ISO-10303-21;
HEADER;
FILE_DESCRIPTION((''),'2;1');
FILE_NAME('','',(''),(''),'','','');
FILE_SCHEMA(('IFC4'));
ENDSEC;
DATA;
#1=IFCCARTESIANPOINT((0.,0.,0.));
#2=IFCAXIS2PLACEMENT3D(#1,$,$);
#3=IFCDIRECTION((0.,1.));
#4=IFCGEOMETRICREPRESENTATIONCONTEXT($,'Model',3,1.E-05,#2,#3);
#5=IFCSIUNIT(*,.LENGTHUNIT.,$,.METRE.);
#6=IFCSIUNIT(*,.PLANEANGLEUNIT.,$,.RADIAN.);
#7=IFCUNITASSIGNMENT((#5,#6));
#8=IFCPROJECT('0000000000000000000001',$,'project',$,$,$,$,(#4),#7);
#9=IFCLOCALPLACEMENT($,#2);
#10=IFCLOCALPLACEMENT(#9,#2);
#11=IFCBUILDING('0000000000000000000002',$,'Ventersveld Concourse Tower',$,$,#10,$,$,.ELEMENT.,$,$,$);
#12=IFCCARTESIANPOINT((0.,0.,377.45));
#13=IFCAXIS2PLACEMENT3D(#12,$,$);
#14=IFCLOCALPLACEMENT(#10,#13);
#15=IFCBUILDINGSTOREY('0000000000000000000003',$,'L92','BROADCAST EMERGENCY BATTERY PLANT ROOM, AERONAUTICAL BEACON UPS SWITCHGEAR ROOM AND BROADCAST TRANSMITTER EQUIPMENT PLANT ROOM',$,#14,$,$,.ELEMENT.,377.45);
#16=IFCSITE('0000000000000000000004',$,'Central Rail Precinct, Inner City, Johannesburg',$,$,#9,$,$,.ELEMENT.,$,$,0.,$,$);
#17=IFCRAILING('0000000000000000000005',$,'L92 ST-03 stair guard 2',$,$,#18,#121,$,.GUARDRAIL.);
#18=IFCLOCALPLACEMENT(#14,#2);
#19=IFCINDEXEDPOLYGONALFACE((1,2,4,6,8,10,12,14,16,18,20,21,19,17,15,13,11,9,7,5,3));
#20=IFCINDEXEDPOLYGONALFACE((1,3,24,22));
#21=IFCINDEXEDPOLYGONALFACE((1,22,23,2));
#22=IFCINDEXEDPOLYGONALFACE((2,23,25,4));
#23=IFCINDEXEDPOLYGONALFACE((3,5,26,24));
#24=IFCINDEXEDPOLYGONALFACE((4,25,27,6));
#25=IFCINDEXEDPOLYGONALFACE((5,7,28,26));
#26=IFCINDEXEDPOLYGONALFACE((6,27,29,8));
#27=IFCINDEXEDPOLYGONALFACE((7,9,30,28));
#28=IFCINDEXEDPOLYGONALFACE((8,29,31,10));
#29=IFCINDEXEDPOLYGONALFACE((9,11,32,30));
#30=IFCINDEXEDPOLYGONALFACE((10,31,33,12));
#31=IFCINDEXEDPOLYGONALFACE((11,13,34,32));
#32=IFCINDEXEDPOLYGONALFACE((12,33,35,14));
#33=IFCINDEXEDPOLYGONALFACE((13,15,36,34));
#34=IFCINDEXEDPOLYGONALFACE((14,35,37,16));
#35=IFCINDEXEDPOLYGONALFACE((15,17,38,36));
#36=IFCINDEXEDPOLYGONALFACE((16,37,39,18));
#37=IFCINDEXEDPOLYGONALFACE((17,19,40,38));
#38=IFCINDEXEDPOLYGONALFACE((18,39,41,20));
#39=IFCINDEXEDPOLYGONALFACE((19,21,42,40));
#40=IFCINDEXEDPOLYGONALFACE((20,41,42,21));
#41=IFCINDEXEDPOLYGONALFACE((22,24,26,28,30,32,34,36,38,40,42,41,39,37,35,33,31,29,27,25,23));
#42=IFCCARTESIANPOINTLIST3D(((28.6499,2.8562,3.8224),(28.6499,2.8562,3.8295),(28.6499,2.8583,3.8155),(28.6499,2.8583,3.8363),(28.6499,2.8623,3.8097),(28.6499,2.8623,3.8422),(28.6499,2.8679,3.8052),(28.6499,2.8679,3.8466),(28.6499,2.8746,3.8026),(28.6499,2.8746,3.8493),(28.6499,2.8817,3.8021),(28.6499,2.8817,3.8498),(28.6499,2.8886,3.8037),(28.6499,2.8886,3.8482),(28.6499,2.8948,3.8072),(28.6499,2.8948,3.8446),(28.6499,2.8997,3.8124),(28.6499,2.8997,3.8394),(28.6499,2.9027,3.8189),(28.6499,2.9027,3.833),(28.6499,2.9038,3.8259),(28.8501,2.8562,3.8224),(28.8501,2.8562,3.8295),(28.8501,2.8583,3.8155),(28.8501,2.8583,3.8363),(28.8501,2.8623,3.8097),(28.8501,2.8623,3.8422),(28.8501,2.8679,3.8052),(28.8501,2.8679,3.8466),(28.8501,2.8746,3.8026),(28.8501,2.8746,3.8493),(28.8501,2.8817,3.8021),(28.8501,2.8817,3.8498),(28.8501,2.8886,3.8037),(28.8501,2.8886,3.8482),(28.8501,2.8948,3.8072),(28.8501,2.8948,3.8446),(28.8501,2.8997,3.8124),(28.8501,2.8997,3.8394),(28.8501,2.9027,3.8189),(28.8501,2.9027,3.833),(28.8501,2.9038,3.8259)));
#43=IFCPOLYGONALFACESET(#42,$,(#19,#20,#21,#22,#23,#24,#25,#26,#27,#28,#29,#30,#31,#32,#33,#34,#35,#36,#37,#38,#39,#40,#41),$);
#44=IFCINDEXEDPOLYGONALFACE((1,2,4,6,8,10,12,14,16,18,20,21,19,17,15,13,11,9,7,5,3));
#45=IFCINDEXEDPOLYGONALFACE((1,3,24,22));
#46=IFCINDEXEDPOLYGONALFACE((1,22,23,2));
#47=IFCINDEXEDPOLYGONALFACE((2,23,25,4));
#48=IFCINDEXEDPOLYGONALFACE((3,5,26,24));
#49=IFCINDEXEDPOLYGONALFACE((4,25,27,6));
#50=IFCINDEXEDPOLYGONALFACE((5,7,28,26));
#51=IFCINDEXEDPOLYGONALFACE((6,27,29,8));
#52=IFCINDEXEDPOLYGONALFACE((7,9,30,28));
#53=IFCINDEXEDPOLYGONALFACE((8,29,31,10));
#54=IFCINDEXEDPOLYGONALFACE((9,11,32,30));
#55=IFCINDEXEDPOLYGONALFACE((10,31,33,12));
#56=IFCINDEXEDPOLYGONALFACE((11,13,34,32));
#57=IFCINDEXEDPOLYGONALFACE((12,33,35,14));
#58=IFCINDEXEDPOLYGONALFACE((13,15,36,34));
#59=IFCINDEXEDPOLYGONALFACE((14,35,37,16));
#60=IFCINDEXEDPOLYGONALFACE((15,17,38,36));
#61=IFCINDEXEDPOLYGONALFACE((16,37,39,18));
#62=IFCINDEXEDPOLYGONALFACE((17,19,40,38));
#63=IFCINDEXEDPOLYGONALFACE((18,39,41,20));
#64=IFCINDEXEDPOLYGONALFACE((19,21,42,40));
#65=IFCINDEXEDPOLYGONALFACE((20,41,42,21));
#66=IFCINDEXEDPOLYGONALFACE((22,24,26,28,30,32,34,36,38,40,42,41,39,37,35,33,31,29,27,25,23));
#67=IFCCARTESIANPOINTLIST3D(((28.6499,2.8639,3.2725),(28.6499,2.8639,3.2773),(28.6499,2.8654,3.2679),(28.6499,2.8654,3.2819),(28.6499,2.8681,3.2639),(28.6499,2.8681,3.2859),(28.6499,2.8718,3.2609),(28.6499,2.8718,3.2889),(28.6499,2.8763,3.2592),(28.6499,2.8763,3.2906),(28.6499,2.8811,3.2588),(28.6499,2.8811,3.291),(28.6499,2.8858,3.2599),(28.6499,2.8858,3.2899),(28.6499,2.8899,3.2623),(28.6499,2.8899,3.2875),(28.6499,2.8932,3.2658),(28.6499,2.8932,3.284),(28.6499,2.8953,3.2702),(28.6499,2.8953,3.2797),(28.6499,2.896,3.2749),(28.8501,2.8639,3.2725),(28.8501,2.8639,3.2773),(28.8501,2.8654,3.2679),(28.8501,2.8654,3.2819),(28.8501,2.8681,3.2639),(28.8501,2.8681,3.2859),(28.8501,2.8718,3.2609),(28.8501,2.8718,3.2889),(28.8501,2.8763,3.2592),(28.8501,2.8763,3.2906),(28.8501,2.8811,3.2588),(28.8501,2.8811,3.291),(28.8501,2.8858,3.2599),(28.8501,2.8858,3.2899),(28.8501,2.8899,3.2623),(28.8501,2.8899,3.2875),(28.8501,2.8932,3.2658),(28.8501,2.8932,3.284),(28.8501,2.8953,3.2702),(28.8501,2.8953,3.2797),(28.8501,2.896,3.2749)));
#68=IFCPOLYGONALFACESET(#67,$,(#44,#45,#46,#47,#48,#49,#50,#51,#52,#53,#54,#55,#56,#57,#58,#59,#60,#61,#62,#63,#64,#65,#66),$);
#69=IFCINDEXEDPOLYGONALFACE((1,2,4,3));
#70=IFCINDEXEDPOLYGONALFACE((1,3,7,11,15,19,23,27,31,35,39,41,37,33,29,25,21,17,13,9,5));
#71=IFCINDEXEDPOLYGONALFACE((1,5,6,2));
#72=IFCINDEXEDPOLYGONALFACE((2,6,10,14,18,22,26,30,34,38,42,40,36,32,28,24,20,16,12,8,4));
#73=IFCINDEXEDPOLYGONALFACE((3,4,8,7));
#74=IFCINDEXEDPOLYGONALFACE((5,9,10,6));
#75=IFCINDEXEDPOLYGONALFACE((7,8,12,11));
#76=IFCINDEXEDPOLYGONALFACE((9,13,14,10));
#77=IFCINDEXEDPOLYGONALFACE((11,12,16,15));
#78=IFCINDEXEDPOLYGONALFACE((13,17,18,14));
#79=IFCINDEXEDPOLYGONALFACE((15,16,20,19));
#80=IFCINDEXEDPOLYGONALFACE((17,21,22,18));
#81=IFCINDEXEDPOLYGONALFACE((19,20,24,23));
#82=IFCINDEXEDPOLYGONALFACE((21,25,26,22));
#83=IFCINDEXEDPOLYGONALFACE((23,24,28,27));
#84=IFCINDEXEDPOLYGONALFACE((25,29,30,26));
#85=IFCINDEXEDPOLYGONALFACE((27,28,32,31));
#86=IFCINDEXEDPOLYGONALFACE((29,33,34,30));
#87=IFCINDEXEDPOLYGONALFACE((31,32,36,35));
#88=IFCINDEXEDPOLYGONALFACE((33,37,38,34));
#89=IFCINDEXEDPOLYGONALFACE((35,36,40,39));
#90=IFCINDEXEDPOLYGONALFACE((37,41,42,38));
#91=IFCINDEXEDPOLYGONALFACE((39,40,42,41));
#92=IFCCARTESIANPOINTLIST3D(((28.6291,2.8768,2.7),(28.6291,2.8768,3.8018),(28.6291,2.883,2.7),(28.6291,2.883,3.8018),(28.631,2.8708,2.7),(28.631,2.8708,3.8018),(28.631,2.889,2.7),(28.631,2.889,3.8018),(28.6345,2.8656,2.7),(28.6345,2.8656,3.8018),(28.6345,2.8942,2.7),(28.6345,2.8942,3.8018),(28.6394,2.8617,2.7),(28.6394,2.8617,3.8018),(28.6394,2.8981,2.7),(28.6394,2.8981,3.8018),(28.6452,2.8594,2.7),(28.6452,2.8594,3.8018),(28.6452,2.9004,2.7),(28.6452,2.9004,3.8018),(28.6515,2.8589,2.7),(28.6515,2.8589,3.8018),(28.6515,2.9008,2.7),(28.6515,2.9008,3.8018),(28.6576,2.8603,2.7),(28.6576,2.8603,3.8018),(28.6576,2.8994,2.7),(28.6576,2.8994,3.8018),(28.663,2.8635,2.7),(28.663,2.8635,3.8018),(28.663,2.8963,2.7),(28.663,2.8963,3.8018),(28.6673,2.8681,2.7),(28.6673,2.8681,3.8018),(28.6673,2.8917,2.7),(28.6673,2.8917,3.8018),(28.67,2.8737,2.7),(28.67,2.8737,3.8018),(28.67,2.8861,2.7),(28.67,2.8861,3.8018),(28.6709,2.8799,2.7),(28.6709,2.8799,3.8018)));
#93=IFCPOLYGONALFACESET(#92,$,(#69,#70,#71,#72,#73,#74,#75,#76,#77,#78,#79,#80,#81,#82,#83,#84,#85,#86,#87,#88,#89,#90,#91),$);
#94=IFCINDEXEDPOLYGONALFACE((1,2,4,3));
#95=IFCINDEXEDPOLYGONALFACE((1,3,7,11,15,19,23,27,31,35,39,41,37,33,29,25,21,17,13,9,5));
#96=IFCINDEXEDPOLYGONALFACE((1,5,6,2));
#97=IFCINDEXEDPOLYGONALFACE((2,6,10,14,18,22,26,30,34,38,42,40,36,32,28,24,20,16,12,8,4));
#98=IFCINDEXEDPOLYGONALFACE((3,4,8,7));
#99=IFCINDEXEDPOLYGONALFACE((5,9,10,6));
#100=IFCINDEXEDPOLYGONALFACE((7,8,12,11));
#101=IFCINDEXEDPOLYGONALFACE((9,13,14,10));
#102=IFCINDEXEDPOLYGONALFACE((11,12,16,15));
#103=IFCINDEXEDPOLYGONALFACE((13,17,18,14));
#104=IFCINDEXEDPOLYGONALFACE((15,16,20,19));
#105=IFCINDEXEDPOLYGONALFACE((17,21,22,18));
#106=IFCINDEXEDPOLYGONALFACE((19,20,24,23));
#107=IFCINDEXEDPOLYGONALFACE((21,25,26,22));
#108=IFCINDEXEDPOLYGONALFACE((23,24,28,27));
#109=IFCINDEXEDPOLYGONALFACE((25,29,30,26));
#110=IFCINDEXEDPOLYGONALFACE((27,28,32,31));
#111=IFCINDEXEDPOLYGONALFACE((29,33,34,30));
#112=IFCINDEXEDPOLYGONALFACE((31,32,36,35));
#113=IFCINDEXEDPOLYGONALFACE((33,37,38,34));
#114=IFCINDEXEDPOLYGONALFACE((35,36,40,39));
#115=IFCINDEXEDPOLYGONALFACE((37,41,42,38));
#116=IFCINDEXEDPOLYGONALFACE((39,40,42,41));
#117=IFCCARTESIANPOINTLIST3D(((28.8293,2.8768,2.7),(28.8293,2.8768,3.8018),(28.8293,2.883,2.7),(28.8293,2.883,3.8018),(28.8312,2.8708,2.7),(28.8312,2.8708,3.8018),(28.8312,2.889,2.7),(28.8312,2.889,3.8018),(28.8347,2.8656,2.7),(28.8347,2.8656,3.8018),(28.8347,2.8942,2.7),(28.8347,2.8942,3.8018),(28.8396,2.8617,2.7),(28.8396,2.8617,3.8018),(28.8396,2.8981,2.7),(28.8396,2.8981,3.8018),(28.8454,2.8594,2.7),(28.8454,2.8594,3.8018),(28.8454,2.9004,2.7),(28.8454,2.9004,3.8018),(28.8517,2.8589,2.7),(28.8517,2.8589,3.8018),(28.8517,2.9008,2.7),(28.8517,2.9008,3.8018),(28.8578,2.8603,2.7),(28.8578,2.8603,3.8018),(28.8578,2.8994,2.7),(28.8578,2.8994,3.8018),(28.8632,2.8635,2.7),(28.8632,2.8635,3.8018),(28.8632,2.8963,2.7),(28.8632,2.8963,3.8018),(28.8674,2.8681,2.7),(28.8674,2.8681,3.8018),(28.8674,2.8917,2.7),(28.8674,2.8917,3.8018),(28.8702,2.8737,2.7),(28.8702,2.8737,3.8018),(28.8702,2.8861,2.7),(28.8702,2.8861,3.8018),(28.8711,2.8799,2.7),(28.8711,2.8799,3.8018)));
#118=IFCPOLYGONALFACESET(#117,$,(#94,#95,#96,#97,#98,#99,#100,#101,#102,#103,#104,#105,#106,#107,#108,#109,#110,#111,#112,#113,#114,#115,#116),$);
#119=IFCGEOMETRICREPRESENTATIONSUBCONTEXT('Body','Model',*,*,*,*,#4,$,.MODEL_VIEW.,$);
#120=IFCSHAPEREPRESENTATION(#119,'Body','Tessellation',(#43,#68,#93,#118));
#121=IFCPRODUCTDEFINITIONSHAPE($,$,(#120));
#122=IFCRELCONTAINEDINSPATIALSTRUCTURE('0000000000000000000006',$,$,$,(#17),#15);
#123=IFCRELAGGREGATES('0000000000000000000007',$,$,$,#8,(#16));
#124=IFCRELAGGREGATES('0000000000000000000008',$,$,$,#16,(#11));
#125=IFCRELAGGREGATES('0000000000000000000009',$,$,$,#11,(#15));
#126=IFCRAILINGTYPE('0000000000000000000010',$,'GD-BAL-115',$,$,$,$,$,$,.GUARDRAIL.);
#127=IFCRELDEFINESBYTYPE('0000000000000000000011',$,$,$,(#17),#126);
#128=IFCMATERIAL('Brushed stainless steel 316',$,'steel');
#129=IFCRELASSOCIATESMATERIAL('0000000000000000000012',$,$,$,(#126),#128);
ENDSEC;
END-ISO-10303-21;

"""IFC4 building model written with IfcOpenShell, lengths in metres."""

from ifc_helpers import new_model, si_unit, direction, frame, origin, origin_2d, place, context, subcontext, project, spatial, circle, extrude, material, type_object, element, save


model = new_model("IFC4")

# Units and contexts
model_context = context("Model", 3, precision=1e-05, world=origin(), true_north=direction((0.0, 1.0)))
body_context = subcontext(model_context, "Body", "Model", "MODEL_VIEW")
ifc_project = project(units=[si_unit("LENGTHUNIT", "METRE"), si_unit("PLANEANGLEUNIT", "RADIAN")], contexts=[model_context])

# Site, building, storey
site_placement = place(None, origin())
site = spatial("IfcSite", under=ifc_project, at=site_placement, Name="Central Rail Precinct, Inner City, Johannesburg", CompositionType="ELEMENT", RefElevation=0.0)
building_placement = place(site_placement, origin())
building = spatial("IfcBuilding", under=site, at=building_placement, Name="Ventersveld Concourse Tower", CompositionType="ELEMENT")
storey_placement = place(building_placement, frame((0.0, 0.0, 377.45)))
storey = spatial("IfcBuildingStorey", under=building, at=storey_placement, Name="L92", Description="BROADCAST EMERGENCY BATTERY PLANT ROOM, AERONAUTICAL BEACON UPS SWITCHGEAR ROOM AND BROADCAST TRANSMITTER EQUIPMENT PLANT ROOM", CompositionType="ELEMENT", Elevation=377.45)

# Shared definitions
ifc_material_1 = material(Name="Brushed stainless steel 316", Category="steel")

# Railing
railing_type_1 = type_object("IfcRailingType", Name="GD-BAL-115", PredefinedType="GUARDRAIL", material=ifc_material_1)
railing_1_placement = place(storey_placement, frame((28.6499, 2.8799, 2.7)))
element("IfcRailing", 1, at=railing_1_placement, inside=storey, type_object=railing_type_1, Name="L92 ST-03 stair guard 2", PredefinedType="GUARDRAIL", context=body_context, shape_type="SweptSolid", body=[
    extrude(circle(Radius=0.0239, at=origin_2d()), frame((0.0, 0.0, 1.126), z_axis=(1.0, 0.0, 0.0), x_axis=(0.0, 1.0, 0.0)), (0.0, 0.0, 1.0), 0.2002),
    extrude(circle(Radius=0.0161, at=origin_2d()), frame((0.0, 0.0, 0.575), z_axis=(1.0, 0.0, 0.0), x_axis=(0.0, 1.0, 0.0)), (0.0, 0.0, 1.0), 0.2002),
    extrude(circle(Radius=0.021, at=origin_2d()), origin(), (0.0, 0.0, 1.0), 1.1018),
    extrude(circle(Radius=0.021, at=origin_2d()), frame((0.2002, 0.0, 0.0)), (0.0, 0.0, 1.0), 1.1018),
])

save(model, "model.ifc")
